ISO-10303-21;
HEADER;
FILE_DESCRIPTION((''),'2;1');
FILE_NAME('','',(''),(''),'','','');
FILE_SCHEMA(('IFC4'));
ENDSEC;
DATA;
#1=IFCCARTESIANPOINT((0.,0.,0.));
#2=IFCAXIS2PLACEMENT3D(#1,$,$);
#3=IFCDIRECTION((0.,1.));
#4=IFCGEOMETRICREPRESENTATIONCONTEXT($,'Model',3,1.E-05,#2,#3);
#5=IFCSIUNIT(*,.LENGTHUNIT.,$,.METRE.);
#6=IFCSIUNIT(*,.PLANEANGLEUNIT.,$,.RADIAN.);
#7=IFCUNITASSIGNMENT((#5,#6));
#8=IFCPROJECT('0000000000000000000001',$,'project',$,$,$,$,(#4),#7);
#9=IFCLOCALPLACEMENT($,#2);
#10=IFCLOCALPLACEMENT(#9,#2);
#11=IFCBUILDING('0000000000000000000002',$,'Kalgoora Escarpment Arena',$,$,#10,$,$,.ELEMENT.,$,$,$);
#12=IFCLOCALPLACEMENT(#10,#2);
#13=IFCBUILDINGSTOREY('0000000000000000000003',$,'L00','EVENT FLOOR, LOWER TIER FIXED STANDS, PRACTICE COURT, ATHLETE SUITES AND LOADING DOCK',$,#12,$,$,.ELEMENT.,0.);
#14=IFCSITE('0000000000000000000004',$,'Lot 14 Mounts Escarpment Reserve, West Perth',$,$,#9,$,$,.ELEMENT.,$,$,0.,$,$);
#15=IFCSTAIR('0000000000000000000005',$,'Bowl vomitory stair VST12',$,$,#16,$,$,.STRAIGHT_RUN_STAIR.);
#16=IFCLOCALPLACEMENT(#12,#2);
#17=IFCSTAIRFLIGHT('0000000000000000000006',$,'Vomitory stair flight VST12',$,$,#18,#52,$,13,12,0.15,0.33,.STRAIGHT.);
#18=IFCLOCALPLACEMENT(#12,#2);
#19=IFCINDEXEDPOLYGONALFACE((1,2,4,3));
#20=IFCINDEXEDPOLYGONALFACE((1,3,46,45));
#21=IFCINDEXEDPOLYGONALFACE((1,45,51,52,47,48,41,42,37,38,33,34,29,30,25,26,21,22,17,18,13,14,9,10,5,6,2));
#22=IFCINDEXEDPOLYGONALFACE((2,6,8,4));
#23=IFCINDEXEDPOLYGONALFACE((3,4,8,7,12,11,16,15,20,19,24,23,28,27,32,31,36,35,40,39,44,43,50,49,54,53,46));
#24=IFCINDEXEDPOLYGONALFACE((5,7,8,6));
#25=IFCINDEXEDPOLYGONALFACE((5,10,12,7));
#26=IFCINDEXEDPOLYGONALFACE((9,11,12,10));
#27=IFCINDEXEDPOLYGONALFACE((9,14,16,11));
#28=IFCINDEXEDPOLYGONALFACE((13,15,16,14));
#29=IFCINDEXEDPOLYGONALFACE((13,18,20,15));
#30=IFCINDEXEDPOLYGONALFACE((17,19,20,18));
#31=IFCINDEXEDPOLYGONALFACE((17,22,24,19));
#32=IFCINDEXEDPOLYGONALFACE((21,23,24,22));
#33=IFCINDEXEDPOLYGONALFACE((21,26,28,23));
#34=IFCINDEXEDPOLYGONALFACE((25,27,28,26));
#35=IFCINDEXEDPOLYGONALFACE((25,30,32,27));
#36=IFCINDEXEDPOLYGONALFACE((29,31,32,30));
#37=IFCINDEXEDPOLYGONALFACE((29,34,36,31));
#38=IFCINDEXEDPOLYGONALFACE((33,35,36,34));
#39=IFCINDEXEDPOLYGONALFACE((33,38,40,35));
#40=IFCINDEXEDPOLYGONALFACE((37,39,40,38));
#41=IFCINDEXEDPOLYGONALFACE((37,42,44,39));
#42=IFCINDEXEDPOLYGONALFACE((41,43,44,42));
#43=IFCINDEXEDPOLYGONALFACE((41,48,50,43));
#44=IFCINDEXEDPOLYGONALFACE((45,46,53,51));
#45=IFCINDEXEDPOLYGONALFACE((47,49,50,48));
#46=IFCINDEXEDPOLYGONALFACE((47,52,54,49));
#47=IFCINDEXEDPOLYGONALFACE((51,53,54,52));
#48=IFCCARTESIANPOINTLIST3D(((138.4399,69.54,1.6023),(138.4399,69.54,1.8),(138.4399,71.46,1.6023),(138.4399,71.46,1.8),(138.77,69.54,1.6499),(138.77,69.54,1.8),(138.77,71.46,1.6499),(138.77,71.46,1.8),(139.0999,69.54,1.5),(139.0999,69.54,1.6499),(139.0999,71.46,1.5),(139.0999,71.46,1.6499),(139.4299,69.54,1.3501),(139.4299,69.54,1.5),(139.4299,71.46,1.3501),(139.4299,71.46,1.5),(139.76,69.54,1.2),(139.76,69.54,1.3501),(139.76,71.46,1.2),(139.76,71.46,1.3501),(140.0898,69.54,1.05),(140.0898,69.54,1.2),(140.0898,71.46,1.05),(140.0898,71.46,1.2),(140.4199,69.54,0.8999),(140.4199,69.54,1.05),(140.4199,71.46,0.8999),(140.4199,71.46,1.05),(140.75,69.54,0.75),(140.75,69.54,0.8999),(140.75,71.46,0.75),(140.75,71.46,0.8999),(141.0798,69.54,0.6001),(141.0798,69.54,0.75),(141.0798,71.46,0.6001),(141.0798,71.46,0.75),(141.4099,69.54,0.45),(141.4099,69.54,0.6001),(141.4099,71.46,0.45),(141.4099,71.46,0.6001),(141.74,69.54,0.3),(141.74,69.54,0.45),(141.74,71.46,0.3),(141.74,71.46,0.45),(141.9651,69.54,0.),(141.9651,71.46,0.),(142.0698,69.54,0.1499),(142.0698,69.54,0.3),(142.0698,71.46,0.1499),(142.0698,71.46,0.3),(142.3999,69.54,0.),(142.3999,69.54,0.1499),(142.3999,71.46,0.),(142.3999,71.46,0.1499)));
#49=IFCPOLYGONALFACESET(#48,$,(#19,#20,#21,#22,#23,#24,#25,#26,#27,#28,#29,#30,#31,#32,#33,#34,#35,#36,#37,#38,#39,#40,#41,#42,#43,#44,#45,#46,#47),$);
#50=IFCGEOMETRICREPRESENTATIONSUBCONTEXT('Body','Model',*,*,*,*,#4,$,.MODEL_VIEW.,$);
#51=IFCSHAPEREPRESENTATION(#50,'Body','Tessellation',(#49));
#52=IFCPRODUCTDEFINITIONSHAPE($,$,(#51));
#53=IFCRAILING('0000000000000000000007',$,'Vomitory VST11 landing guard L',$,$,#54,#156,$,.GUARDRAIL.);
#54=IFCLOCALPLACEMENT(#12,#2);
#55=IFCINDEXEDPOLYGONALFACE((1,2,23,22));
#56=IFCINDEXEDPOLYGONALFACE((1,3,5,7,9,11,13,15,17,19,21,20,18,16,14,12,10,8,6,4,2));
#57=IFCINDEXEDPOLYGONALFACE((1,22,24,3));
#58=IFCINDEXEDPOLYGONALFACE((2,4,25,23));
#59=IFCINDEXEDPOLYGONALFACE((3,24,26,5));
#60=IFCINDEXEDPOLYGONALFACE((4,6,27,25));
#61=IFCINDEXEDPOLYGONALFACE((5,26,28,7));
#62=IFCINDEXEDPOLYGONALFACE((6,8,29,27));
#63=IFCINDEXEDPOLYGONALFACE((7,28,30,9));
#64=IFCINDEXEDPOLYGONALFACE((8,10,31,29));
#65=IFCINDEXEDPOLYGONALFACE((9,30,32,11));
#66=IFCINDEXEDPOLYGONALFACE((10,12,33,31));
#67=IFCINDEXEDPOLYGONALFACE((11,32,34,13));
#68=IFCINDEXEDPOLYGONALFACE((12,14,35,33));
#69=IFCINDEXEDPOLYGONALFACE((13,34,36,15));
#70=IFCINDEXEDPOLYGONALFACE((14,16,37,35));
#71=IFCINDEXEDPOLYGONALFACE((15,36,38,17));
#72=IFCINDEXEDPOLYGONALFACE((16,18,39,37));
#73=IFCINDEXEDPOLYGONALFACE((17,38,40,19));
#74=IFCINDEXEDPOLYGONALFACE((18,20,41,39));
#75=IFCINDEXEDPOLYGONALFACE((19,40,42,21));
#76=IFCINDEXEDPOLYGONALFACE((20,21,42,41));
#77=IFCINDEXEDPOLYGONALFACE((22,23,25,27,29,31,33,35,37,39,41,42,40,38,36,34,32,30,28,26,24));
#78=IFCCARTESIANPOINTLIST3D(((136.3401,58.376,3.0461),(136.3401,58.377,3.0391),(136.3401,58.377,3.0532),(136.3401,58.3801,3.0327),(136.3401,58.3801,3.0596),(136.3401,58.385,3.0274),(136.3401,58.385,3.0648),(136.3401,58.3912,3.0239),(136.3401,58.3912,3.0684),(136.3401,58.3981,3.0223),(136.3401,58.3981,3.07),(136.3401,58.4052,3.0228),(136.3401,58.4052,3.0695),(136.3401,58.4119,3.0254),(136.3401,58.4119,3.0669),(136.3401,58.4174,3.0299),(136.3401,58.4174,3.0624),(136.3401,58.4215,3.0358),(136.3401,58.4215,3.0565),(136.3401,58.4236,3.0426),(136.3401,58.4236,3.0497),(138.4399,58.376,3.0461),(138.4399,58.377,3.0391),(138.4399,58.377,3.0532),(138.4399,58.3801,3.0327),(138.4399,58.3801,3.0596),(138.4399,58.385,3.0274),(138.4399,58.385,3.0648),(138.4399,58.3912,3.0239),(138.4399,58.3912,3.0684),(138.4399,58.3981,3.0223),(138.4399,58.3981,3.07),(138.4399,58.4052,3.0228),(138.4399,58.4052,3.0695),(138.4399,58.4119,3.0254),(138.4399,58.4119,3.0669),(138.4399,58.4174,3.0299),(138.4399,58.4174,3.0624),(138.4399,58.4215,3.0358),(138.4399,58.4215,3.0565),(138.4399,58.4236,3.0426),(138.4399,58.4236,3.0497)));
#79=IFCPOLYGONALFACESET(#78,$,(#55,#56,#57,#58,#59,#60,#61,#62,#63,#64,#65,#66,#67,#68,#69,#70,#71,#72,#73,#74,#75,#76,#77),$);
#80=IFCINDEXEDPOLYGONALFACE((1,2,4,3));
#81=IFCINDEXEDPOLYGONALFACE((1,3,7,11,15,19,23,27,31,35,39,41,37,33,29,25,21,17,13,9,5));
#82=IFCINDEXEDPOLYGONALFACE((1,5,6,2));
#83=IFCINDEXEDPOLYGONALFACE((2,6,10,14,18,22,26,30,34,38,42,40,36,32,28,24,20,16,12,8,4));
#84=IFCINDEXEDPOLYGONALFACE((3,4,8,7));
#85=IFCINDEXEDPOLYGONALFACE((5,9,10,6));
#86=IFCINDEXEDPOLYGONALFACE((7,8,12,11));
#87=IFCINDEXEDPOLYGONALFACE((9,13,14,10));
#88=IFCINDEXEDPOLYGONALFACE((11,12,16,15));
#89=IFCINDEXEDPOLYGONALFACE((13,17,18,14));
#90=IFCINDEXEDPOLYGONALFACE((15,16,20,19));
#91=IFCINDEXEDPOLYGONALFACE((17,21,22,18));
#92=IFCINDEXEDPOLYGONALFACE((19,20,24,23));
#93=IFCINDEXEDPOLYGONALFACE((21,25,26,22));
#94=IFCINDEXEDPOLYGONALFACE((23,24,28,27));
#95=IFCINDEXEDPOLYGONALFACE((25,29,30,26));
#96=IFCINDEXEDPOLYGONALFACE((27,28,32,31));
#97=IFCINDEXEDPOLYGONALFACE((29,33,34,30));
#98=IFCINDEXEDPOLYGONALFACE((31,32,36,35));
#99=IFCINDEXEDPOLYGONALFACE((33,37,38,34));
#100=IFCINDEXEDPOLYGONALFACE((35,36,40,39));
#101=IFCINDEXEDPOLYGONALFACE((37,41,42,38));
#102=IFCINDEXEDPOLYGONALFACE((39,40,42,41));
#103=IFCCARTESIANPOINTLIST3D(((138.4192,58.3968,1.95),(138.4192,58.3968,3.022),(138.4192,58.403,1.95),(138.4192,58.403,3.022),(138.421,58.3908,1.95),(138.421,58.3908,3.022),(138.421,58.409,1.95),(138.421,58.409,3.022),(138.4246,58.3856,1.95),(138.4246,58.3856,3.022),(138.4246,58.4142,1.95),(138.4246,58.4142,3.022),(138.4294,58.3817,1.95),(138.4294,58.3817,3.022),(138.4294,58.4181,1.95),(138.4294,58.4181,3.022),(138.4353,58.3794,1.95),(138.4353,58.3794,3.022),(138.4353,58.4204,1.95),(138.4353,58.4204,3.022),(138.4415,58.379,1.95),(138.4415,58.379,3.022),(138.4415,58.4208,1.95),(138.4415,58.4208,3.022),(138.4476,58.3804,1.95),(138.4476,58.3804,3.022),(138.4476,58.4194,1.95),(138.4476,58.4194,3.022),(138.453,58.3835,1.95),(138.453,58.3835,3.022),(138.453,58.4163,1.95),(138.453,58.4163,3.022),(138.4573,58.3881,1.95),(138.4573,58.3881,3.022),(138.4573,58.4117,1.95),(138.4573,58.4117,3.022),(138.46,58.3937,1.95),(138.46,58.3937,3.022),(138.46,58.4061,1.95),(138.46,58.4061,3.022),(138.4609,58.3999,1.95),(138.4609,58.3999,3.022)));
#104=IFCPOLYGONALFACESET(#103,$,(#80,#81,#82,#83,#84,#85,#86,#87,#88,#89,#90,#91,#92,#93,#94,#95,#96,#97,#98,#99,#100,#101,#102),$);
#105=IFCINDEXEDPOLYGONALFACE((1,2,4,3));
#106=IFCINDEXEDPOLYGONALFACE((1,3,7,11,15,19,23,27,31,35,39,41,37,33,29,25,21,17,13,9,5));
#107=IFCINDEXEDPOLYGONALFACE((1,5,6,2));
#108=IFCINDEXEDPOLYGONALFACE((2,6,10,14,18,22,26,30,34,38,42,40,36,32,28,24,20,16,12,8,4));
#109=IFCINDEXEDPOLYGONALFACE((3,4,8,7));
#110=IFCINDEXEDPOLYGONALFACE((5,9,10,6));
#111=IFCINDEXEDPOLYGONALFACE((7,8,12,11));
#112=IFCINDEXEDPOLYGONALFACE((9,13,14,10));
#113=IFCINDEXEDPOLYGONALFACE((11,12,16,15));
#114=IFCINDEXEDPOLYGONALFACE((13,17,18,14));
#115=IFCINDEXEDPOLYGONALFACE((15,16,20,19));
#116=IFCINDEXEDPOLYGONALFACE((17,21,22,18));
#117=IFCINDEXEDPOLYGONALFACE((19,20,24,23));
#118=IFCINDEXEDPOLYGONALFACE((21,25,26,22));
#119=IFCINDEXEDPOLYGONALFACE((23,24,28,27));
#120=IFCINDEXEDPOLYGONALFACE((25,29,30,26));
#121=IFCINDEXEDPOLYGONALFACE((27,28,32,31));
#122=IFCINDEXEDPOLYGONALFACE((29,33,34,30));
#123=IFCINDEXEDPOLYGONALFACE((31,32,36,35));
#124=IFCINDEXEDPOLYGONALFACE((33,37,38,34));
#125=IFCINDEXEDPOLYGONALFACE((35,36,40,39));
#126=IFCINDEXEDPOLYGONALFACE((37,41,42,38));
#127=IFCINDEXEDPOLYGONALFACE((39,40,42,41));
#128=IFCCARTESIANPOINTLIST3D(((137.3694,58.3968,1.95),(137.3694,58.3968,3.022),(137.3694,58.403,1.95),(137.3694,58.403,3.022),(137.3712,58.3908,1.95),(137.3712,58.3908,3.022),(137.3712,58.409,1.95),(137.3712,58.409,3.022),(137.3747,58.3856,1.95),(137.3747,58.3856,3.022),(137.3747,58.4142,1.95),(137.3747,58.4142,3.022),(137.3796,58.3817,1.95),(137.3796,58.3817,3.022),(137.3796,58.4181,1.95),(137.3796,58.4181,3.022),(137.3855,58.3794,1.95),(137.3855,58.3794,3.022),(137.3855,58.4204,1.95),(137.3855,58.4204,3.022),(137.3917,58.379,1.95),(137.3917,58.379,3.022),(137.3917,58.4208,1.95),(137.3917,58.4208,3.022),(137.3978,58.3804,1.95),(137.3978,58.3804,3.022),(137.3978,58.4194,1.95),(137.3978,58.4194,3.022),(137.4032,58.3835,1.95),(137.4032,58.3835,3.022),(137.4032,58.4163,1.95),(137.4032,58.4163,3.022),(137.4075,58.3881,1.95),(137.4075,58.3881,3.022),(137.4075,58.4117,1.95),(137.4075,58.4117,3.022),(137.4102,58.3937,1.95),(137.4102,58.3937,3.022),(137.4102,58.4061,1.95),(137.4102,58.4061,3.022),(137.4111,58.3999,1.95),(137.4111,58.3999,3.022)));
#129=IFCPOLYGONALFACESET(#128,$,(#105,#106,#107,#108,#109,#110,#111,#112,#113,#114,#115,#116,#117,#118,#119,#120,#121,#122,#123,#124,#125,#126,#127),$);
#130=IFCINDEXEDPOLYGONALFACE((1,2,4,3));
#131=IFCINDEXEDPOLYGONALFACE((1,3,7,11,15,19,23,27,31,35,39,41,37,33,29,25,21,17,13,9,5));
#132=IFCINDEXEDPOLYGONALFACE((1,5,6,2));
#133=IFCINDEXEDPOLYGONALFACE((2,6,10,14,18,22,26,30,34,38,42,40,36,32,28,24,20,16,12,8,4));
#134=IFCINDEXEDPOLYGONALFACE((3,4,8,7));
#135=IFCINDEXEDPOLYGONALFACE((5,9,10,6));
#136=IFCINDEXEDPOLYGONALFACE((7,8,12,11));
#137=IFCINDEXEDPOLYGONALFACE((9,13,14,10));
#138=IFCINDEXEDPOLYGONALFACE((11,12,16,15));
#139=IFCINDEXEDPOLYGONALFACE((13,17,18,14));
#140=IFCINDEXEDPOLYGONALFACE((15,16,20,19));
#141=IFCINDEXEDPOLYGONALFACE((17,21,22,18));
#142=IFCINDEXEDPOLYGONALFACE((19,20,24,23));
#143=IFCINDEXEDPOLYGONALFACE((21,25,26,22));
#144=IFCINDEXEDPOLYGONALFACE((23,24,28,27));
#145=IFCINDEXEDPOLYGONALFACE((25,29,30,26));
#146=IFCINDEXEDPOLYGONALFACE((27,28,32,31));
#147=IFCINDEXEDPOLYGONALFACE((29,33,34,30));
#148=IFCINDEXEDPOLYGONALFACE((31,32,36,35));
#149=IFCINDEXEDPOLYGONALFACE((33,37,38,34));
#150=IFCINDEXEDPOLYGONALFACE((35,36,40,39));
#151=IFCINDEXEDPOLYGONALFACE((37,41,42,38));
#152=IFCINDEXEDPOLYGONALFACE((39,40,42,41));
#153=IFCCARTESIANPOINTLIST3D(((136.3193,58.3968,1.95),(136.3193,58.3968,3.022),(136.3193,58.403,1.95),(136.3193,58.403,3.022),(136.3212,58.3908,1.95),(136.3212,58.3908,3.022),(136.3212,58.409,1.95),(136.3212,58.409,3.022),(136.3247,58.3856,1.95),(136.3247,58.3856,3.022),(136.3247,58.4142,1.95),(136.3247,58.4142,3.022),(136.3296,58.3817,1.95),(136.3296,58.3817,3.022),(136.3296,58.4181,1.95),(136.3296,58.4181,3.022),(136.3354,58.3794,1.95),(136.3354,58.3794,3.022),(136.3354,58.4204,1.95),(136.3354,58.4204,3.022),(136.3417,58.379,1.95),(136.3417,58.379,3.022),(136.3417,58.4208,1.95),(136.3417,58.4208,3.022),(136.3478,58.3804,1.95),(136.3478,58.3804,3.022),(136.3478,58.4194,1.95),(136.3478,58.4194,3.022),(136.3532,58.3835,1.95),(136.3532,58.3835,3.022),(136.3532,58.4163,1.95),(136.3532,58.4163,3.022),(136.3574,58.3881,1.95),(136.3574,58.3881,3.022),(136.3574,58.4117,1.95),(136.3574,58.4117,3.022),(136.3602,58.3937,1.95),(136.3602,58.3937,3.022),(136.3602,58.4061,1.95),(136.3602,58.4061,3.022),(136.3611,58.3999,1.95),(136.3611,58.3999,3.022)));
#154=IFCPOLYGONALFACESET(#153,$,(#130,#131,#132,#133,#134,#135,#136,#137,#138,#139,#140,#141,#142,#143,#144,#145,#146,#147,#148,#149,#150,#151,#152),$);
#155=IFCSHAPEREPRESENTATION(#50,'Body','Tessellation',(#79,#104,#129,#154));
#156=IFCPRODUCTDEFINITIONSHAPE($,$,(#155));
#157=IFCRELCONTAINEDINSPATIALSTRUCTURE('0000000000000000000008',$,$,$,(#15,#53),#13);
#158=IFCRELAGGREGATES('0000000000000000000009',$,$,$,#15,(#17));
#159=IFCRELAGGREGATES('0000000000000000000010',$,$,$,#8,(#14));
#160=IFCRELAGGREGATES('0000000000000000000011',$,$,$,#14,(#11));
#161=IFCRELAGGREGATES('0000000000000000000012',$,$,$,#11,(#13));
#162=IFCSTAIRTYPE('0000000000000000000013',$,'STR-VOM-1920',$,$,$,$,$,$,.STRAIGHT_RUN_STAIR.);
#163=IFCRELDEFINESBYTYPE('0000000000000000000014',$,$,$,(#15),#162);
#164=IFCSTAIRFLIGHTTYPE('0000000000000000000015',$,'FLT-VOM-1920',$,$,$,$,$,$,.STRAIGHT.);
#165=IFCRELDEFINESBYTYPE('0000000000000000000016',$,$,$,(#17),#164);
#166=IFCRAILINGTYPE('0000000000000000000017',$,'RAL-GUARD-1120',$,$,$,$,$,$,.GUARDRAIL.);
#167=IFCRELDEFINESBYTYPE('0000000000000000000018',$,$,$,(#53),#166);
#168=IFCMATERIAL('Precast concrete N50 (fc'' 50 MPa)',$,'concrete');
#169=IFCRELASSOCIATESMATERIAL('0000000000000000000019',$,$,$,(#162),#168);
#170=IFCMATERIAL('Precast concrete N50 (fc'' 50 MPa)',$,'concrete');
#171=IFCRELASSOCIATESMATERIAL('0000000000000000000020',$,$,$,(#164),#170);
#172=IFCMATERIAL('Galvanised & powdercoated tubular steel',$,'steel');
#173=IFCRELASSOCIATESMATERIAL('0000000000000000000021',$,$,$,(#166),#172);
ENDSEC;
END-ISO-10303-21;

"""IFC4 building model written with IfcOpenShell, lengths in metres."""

from ifc_helpers import new_model, si_unit, direction, frame, origin, origin_2d, place, context, subcontext, project, spatial, polyline, circle, outline, extrude, material, type_object, element, aggregate, save


model = new_model("IFC4")

# Units and contexts
model_context = context("Model", 3, precision=1e-05, world=origin(), true_north=direction((0.0, 1.0)))
body_context = subcontext(model_context, "Body", "Model", "MODEL_VIEW")
ifc_project = project(units=[si_unit("LENGTHUNIT", "METRE"), si_unit("PLANEANGLEUNIT", "RADIAN")], contexts=[model_context])

# Site, building, storey
site_placement = place(None, origin())
site = spatial("IfcSite", under=ifc_project, at=site_placement, Name="Lot 14 Mounts Escarpment Reserve, West Perth", CompositionType="ELEMENT", RefElevation=0.0)
building_placement = place(site_placement, origin())
building = spatial("IfcBuilding", under=site, at=building_placement, Name="Kalgoora Escarpment Arena", CompositionType="ELEMENT")
storey_placement = place(building_placement, origin())
storey = spatial("IfcBuildingStorey", under=building, at=storey_placement, Name="L00", Description="EVENT FLOOR, LOWER TIER FIXED STANDS, PRACTICE COURT, ATHLETE SUITES AND LOADING DOCK", CompositionType="ELEMENT", Elevation=0.0)

# Stair, stair flight
ifc_material_1 = material(Name="Precast concrete N50 (fc' 50 MPa)", Category="concrete")
stair_type = type_object("IfcStairType", Name="STR-VOM-1920", PredefinedType="STRAIGHT_RUN_STAIR", material=ifc_material_1)
stair_placement = place(storey_placement, origin())
stair = element("IfcStair", 1, at=stair_placement, inside=storey, type_object=stair_type, Name="Bowl vomitory stair VST12", PredefinedType="STRAIGHT_RUN_STAIR")
ifc_material_2 = material(Name="Precast concrete N50 (fc' 50 MPa)", Category="concrete")
stair_flight_type = type_object("IfcStairFlightType", Name="FLT-VOM-1920", PredefinedType="STRAIGHT", material=ifc_material_2)
stair_flight_placement = place(storey_placement, frame((142.3999, 70.5, 0.0), z_axis=(0.0, 0.0, 1.0), x_axis=(-1.0, 0.0, 0.0)))
stair_flight = element("IfcStairFlight", 2, at=stair_flight_placement, type_object=stair_flight_type, Name="Vomitory stair flight VST12", NumberOfRisers=13, NumberOfTreads=12, PredefinedType="STRAIGHT", RiserHeight=0.15, TreadLength=0.33, context=body_context, shape_type="SweptSolid", body=[
    extrude(outline(polyline([(0.0, 0.0), (0.0, 0.1499), (0.3301, 0.1499), (0.3301, 0.3), (0.6599, 0.3), (0.6599, 0.45), (0.99, 0.45), (0.99, 0.6001), (1.3201, 0.6001), (1.3201, 0.75), (1.6499, 0.75), (1.6499, 0.8999), (1.98, 0.8999), (1.98, 1.05), (2.3101, 1.05), (2.3101, 1.2), (2.6399, 1.2), (2.6399, 1.3501), (2.97, 1.3501), (2.97, 1.5), (3.3, 1.5), (3.3, 1.6499), (3.6299, 1.6499), (3.6299, 1.8), (3.96, 1.8), (3.96, 1.95), (3.96, 1.6023), (0.4348, 0.0), (0.0, 0.0)])), frame((0.0, 0.96, 0.0), z_axis=(0.0, -1.0, 0.0), x_axis=(1.0, 0.0, 0.0)), (0.0, 0.0, 1.0), 1.9199),
])
aggregate(stair, [stair_flight])

# Railing
ifc_material_3 = material(Name="Galvanised & powdercoated tubular steel", Category="steel")
railing_type_1 = type_object("IfcRailingType", Name="RAL-GUARD-1120", PredefinedType="GUARDRAIL", material=ifc_material_3)
for number, where, name in (
    (3, (138.4399, 58.3999, 1.95), "Vomitory VST11 landing guard L"),
):
    element("IfcRailing", number, at=place(storey_placement, frame(where)), inside=storey, type_object=railing_type_1, Name=name, PredefinedType="GUARDRAIL", context=body_context, shape_type="SweptSolid", body=[
        extrude(circle(Radius=0.0239, at=origin_2d()), frame((0.0, 0.0, 1.0962), z_axis=(-1.0, 0.0, 0.0), x_axis=(0.0, -1.0, 0.0)), (0.0, 0.0, 1.0), 2.0999),
        extrude(circle(Radius=0.021, at=origin_2d()), origin(), (0.0, 0.0, 1.0), 1.072),
        extrude(circle(Radius=0.021, at=origin_2d()), frame((-1.0498, 0.0, 0.0)), (0.0, 0.0, 1.0), 1.072),
        extrude(circle(Radius=0.021, at=origin_2d()), frame((-2.0999, 0.0, 0.0)), (0.0, 0.0, 1.0), 1.072),
    ])

save(model, "model.ifc")
